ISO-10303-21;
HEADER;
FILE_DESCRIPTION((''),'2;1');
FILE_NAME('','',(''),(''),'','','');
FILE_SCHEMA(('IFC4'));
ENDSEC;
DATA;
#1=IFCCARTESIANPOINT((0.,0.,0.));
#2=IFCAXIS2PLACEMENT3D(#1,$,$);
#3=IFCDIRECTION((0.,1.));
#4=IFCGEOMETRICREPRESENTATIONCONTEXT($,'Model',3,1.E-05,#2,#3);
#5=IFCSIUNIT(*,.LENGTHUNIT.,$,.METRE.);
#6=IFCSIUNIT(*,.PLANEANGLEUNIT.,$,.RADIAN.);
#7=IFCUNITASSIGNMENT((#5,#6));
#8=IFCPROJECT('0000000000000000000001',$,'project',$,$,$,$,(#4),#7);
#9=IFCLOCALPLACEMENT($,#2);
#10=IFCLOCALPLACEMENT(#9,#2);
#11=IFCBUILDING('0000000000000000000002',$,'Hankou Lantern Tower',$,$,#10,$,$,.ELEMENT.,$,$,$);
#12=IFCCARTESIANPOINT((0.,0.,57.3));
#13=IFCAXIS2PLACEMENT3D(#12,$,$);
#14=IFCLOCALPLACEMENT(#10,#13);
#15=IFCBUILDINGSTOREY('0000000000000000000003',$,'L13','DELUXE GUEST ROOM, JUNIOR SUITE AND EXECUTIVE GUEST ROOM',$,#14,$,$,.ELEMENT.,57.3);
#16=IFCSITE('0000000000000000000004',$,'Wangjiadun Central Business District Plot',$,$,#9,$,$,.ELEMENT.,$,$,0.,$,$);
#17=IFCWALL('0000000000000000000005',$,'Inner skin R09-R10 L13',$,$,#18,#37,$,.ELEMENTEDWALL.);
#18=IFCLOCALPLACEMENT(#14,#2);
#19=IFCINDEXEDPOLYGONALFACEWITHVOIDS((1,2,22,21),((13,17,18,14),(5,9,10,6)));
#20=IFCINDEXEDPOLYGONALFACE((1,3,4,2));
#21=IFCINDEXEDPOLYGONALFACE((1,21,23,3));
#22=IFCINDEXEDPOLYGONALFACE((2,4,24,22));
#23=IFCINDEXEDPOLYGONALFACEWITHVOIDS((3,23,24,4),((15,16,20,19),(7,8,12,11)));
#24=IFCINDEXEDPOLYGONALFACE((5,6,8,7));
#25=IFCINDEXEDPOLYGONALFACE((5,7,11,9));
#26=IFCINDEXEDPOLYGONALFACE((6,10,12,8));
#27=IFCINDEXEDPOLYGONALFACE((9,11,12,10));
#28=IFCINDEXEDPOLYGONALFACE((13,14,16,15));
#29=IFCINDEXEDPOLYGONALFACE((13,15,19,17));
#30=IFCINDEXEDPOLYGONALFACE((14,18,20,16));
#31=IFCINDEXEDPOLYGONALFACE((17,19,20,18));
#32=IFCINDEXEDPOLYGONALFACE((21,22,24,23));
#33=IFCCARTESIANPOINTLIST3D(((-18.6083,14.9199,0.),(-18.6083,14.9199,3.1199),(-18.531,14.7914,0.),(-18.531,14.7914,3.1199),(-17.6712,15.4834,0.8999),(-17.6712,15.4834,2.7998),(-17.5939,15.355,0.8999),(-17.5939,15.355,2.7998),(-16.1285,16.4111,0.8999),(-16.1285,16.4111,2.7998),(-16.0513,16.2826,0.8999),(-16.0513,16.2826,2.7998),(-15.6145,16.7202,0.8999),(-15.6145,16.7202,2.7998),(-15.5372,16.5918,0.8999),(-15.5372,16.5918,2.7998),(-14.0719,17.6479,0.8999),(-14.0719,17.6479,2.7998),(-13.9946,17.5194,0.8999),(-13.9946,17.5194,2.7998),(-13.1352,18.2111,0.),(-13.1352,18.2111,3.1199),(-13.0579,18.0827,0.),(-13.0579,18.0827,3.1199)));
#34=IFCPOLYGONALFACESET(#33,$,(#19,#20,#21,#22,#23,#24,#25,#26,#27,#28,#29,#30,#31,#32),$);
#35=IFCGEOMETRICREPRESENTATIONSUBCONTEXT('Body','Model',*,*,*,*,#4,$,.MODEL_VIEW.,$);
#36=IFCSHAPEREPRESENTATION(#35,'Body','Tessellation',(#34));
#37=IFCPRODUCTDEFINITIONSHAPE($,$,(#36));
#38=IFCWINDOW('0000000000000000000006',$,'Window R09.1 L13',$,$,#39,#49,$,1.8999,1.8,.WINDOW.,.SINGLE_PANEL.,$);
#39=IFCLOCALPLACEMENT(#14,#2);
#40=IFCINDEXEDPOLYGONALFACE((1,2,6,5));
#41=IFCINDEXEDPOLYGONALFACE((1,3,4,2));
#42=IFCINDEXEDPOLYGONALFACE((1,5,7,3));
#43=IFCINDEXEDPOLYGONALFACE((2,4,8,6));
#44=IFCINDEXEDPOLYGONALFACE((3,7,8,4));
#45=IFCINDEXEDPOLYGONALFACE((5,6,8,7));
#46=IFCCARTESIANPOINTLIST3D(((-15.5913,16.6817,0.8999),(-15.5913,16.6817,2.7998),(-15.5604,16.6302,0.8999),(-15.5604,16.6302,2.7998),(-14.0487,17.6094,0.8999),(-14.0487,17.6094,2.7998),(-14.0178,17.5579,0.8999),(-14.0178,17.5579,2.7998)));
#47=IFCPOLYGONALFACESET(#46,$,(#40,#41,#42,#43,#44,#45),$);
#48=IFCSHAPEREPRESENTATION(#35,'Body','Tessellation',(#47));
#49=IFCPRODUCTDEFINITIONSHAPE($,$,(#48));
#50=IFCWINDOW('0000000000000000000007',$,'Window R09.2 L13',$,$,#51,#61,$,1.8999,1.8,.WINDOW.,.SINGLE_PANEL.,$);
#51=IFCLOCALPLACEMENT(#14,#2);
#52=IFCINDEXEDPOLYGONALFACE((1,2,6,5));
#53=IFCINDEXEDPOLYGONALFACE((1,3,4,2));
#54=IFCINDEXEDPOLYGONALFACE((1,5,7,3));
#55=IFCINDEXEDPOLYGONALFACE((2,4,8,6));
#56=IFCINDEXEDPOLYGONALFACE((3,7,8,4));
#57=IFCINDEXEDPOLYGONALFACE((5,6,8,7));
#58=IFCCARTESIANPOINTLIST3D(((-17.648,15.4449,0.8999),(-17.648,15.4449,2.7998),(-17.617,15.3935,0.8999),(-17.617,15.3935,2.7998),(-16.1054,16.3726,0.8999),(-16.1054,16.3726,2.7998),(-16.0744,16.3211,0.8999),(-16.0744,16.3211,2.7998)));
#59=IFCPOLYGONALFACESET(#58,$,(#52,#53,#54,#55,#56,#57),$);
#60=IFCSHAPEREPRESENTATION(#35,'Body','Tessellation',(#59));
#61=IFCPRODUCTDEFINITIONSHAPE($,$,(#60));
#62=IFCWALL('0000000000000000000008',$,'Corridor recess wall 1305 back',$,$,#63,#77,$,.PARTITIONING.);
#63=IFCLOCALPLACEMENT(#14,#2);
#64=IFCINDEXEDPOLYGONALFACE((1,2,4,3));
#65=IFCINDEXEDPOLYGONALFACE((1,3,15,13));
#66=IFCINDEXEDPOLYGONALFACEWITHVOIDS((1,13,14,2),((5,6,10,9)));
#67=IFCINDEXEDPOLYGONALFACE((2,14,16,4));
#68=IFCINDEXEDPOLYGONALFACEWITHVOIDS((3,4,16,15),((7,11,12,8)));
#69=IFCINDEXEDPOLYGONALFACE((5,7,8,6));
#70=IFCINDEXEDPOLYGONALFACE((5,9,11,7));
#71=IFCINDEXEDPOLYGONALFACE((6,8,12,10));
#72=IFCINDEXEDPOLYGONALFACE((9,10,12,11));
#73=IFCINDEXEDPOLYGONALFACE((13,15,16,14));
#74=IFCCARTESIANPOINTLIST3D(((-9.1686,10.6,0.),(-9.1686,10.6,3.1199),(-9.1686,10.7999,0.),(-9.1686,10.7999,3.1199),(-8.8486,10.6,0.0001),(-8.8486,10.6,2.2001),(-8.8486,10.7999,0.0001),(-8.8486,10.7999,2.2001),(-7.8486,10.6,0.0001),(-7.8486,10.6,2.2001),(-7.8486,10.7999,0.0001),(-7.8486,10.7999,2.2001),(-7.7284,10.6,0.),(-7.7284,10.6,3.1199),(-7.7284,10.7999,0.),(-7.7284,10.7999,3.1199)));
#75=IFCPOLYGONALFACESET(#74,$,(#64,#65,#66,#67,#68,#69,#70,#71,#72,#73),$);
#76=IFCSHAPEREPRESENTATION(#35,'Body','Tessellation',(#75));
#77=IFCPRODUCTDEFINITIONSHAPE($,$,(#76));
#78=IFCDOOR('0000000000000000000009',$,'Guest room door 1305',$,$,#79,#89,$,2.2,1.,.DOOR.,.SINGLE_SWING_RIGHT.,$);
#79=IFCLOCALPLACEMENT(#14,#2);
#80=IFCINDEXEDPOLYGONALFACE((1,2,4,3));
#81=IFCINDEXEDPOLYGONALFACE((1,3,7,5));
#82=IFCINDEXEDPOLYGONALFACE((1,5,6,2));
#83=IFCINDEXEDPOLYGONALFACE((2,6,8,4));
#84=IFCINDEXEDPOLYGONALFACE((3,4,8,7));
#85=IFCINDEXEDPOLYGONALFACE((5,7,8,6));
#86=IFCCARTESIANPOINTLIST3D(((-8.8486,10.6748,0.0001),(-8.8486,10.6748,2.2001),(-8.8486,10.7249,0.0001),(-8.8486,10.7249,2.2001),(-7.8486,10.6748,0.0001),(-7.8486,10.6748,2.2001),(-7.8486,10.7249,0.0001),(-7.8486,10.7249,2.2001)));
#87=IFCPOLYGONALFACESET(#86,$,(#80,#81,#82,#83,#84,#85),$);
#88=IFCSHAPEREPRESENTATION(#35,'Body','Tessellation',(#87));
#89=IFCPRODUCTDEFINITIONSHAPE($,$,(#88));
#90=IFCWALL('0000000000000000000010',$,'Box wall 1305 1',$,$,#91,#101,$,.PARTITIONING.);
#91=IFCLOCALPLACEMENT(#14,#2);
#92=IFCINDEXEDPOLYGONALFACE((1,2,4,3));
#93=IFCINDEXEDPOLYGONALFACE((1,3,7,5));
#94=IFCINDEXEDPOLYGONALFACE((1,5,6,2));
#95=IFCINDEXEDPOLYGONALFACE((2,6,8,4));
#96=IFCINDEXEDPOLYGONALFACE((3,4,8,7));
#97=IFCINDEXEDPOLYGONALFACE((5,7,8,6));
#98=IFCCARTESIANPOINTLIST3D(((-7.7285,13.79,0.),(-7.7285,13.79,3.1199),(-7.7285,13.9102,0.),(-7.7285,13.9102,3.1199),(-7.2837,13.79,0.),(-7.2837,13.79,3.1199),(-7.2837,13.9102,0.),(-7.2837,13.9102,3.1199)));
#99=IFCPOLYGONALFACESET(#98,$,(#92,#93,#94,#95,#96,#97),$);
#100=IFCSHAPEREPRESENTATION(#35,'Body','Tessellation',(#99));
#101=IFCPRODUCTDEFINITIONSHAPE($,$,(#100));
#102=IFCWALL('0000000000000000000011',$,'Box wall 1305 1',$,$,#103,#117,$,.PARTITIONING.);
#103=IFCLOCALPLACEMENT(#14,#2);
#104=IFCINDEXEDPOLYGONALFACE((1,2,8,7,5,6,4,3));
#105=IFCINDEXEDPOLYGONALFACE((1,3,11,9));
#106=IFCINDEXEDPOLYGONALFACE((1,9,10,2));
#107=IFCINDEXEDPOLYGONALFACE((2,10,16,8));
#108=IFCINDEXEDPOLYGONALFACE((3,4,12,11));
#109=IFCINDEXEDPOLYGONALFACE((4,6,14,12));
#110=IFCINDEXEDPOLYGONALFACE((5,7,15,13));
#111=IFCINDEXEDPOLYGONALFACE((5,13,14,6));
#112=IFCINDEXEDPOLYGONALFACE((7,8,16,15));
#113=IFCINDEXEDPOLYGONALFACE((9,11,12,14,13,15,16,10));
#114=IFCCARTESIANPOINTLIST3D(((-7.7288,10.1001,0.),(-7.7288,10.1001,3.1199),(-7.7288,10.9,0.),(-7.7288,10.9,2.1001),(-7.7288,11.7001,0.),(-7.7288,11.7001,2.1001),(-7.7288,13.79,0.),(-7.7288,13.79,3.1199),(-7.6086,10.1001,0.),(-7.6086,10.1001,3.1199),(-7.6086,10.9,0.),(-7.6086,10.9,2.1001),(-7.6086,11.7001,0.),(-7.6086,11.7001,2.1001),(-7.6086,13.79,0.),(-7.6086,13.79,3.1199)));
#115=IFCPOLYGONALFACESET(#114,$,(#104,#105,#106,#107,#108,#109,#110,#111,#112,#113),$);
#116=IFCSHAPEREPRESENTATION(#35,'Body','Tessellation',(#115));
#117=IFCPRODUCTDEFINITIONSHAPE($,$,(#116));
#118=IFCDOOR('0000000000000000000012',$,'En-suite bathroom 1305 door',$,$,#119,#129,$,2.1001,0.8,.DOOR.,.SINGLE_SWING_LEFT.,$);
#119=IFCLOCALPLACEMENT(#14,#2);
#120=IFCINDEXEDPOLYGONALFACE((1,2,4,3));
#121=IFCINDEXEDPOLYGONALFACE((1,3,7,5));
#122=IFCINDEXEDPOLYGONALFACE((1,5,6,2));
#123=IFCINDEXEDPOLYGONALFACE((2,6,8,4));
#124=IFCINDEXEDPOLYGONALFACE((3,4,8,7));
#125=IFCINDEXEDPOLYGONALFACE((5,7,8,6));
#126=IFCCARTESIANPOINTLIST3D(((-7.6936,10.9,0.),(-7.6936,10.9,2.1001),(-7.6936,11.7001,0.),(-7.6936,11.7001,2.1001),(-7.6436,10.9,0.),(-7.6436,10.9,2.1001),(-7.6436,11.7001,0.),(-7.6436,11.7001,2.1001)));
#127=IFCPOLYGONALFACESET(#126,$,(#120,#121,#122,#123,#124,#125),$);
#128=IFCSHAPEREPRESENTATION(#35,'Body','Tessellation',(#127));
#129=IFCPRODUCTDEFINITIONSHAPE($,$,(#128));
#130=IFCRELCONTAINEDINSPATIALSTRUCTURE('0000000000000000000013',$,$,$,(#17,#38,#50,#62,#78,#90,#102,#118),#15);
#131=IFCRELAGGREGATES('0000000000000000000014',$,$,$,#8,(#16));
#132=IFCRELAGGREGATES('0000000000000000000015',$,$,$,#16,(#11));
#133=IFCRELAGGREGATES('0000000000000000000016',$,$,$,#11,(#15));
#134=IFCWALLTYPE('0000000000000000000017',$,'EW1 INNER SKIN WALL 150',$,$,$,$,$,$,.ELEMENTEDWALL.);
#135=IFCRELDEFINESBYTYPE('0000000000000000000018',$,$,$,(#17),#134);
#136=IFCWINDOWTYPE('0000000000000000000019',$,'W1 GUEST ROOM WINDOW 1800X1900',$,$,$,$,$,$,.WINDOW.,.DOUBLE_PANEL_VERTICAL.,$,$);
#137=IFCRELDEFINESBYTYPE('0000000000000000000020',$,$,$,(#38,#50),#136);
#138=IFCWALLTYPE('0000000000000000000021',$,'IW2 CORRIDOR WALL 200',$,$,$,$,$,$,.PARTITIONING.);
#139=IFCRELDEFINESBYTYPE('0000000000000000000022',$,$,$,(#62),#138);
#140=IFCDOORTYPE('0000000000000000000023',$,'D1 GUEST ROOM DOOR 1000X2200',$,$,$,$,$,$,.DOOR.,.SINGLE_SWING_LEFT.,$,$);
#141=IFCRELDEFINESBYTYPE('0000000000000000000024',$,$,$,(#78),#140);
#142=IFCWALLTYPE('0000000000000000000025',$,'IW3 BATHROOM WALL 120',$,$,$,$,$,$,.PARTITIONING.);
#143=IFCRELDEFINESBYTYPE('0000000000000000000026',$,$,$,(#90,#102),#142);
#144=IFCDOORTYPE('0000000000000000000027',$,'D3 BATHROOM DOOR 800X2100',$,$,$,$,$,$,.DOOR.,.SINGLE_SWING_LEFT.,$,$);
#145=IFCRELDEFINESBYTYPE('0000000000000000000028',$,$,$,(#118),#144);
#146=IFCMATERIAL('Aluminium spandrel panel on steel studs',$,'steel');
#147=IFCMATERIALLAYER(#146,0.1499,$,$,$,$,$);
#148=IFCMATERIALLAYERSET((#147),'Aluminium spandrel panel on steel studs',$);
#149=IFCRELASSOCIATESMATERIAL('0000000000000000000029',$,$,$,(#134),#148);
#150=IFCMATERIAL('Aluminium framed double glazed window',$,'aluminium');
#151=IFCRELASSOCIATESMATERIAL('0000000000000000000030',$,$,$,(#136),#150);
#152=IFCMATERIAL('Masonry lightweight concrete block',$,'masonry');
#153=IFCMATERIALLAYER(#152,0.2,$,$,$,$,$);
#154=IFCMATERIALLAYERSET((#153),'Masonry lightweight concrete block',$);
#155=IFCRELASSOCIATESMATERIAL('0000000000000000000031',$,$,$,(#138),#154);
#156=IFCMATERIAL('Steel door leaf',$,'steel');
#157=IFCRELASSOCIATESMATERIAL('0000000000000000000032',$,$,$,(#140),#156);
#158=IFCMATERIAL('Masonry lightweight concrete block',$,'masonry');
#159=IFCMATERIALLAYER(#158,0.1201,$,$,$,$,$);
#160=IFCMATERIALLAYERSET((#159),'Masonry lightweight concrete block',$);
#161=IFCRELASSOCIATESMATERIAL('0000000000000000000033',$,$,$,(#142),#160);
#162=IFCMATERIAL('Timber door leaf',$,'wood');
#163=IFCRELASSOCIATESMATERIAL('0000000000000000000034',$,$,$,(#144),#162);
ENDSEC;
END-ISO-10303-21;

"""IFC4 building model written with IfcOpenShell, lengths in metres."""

from ifc_helpers import new_model, si_unit, direction, frame, frame_2d, origin, place, context, subcontext, project, spatial, rectangle, extrude, material, layer, layer_set, type_object, element, fill, save


model = new_model("IFC4")

# Units and contexts
model_context = context("Model", 3, precision=1e-05, world=origin(), true_north=direction((0.0, 1.0)))
body_context = subcontext(model_context, "Body", "Model", "MODEL_VIEW")
ifc_project = project(units=[si_unit("LENGTHUNIT", "METRE"), si_unit("PLANEANGLEUNIT", "RADIAN")], contexts=[model_context])

# Site, building, storey
site_placement = place(None, origin())
site = spatial("IfcSite", under=ifc_project, at=site_placement, Name="Wangjiadun Central Business District Plot", CompositionType="ELEMENT", RefElevation=0.0)
building_placement = place(site_placement, origin())
building = spatial("IfcBuilding", under=site, at=building_placement, Name="Hankou Lantern Tower", CompositionType="ELEMENT")
storey_placement = place(building_placement, frame((0.0, 0.0, 57.3)))
storey = spatial("IfcBuildingStorey", under=building, at=storey_placement, Name="L13", Description="DELUXE GUEST ROOM, JUNIOR SUITE AND EXECUTIVE GUEST ROOM", CompositionType="ELEMENT", Elevation=57.3)

# Wall, openings, windows
ifc_material_1 = material(Name="Aluminium spandrel panel on steel studs", Category="steel")
ifc_layer_1 = layer(ifc_material_1, 0.1499)
ifc_layer_set_1 = layer_set([ifc_layer_1], Name="Aluminium spandrel panel on steel studs")
wall_type_1 = type_object("IfcWallType", Name="EW1 INNER SKIN WALL 150", PredefinedType="ELEMENTEDWALL", material=ifc_layer_set_1)
wall_1_placement = place(storey_placement, frame((-13.0964, 18.147, 0.0), z_axis=(0.0, 0.0, 1.0), x_axis=(-0.856983, -0.515344, 0.0)))
wall_1 = element("IfcWall", 1, at=wall_1_placement, inside=storey, type_object=wall_type_1, Name="Inner skin R09-R10 L13", PredefinedType="ELEMENTEDWALL", context=body_context, shape_type="SweptSolid", body=[
    extrude(rectangle(XDim=6.3865, YDim=0.1499, at=frame_2d((3.1934, 0.0))), origin(), (0.0, 0.0, 1.0), 3.1199),
])
opening_1_placement = place(wall_1_placement, frame((1.0933, 0.0, 0.8999)))
opening_1 = element("IfcOpeningElement", 2, at=opening_1_placement, cuts=wall_1, PredefinedType="OPENING", context=body_context, shape_type="SweptSolid", body=[
    extrude(rectangle(XDim=1.8, YDim=1.8999, at=frame_2d((0.8999, 0.95))), frame((0.0, 0.085, 0.0), z_axis=(0.0, -1.0, 0.0), x_axis=(1.0, 0.0, 0.0)), (0.0, 0.0, 1.0), 0.1699),
])
opening_2_placement = place(wall_1_placement, frame((3.4932, 0.0, 0.8999)))
opening_2 = element("IfcOpeningElement", 3, at=opening_2_placement, cuts=wall_1, PredefinedType="OPENING", context=body_context, shape_type="SweptSolid", body=[
    extrude(rectangle(XDim=1.8, YDim=1.8999, at=frame_2d((0.8999, 0.95))), frame((0.0, 0.085, 0.0), z_axis=(0.0, -1.0, 0.0), x_axis=(1.0, 0.0, 0.0)), (0.0, 0.0, 1.0), 0.1699),
])
ifc_material_2 = material(Name="Aluminium framed double glazed window", Category="aluminium")
window_type = type_object("IfcWindowType", Name="W1 GUEST ROOM WINDOW 1800X1900", PartitioningType="DOUBLE_PANEL_VERTICAL", PredefinedType="WINDOW", material=ifc_material_2)
window_1_placement = place(opening_1_placement, origin())
window_1 = element("IfcWindow", 4, at=window_1_placement, inside=storey, type_object=window_type, Name="Window R09.1 L13", OverallHeight=1.8999, OverallWidth=1.8, PartitioningType="SINGLE_PANEL", PredefinedType="WINDOW", context=body_context, shape_type="SweptSolid", body=[
    extrude(rectangle(XDim=1.8, YDim=1.8999, at=frame_2d((0.8999, 0.95))), frame((0.0, 0.03, 0.0), z_axis=(0.0, -1.0, 0.0), x_axis=(1.0, 0.0, 0.0)), (0.0, 0.0, 1.0), 0.0601),
])
fill(opening_1, window_1)
window_2_placement = place(opening_2_placement, origin())
window_2 = element("IfcWindow", 5, at=window_2_placement, inside=storey, type_object=window_type, Name="Window R09.2 L13", OverallHeight=1.8999, OverallWidth=1.8, PartitioningType="SINGLE_PANEL", PredefinedType="WINDOW", context=body_context, shape_type="SweptSolid", body=[
    extrude(rectangle(XDim=1.8, YDim=1.8999, at=frame_2d((0.8999, 0.95))), frame((0.0, 0.03, 0.0), z_axis=(0.0, -1.0, 0.0), x_axis=(1.0, 0.0, 0.0)), (0.0, 0.0, 1.0), 0.0601),
])
fill(opening_2, window_2)

# Wall, opening, door
ifc_material_3 = material(Name="Masonry lightweight concrete block", Category="masonry")
ifc_layer_2 = layer(ifc_material_3, 0.2)
ifc_layer_set_2 = layer_set([ifc_layer_2], Name="Masonry lightweight concrete block")
wall_type_2 = type_object("IfcWallType", Name="IW2 CORRIDOR WALL 200", PredefinedType="PARTITIONING", material=ifc_layer_set_2)
wall_2_placement = place(storey_placement, frame((-9.1687, 10.7, 0.0), z_axis=(0.0, 0.0, 1.0), x_axis=(1.0, 0.0, 0.0)))
wall_2 = element("IfcWall", 6, at=wall_2_placement, inside=storey, type_object=wall_type_2, Name="Corridor recess wall 1305 back", PredefinedType="PARTITIONING", context=body_context, shape_type="SweptSolid", body=[
    extrude(rectangle(XDim=1.4402, YDim=0.2, at=frame_2d((0.7202, 0.0))), origin(), (0.0, 0.0, 1.0), 3.1199),
])
opening_3_placement = place(wall_2_placement, frame((0.3201, 0.0, 0.0)))
opening_3 = element("IfcOpeningElement", 7, at=opening_3_placement, cuts=wall_2, PredefinedType="OPENING", context=body_context, shape_type="SweptSolid", body=[
    extrude(rectangle(XDim=1.0, YDim=2.2, at=frame_2d((0.5, 1.1001))), frame((0.0, 0.1099, 0.0), z_axis=(0.0, -1.0, 0.0), x_axis=(1.0, 0.0, 0.0)), (0.0, 0.0, 1.0), 0.22),
])
ifc_material_4 = material(Name="Steel door leaf", Category="steel")
door_type_1 = type_object("IfcDoorType", Name="D1 GUEST ROOM DOOR 1000X2200", OperationType="SINGLE_SWING_LEFT", PredefinedType="DOOR", material=ifc_material_4)
door_1_placement = place(opening_3_placement, origin())
door_1 = element("IfcDoor", 8, at=door_1_placement, inside=storey, type_object=door_type_1, Name="Guest room door 1305", OperationType="SINGLE_SWING_RIGHT", OverallHeight=2.2, OverallWidth=1.0, PredefinedType="DOOR", context=body_context, shape_type="SweptSolid", body=[
    extrude(rectangle(XDim=1.0, YDim=2.2, at=frame_2d((0.5, 1.1001))), frame((0.0, 0.0249, 0.0), z_axis=(0.0, -1.0, 0.0), x_axis=(1.0, 0.0, 0.0)), (0.0, 0.0, 1.0), 0.05),
])
fill(opening_3, door_1)

# Wall
ifc_material_5 = material(Name="Masonry lightweight concrete block", Category="masonry")
ifc_layer_3 = layer(ifc_material_5, 0.1201)
ifc_layer_set_3 = layer_set([ifc_layer_3], Name="Masonry lightweight concrete block")
wall_type_3 = type_object("IfcWallType", Name="IW3 BATHROOM WALL 120", PredefinedType="PARTITIONING", material=ifc_layer_set_3)
wall_3_placement = place(storey_placement, frame((-7.2837, 13.8501, 0.0), z_axis=(0.0, 0.0, 1.0), x_axis=(-1.0, 0.0, 0.0)))
element("IfcWall", 9, at=wall_3_placement, inside=storey, type_object=wall_type_3, Name="Box wall 1305 1", PredefinedType="PARTITIONING", context=body_context, shape_type="SweptSolid", body=[
    extrude(rectangle(XDim=0.4448, YDim=0.1201, at=frame_2d((0.2224, 0.0))), origin(), (0.0, 0.0, 1.0), 3.1199),
])

# Wall, opening, door
wall_4_placement = place(storey_placement, frame((-7.6687, 10.1001, 0.0), z_axis=(0.0, 0.0, 1.0), x_axis=(0.0, 1.0, 0.0)))
wall_4 = element("IfcWall", 10, at=wall_4_placement, inside=storey, type_object=wall_type_3, Name="Box wall 1305 1", PredefinedType="PARTITIONING", context=body_context, shape_type="SweptSolid", body=[
    extrude(rectangle(XDim=3.6899, YDim=0.1201, at=frame_2d((1.845, 0.0))), origin(), (0.0, 0.0, 1.0), 3.1199),
])
opening_4_placement = place(wall_4_placement, frame((0.8, 0.0, 0.0)))
opening_4 = element("IfcOpeningElement", 11, at=opening_4_placement, cuts=wall_4, PredefinedType="OPENING", context=body_context, shape_type="SweptSolid", body=[
    extrude(rectangle(XDim=0.8, YDim=2.1001, at=frame_2d((0.3999, 1.05))), frame((0.0, 0.0701, 0.0), z_axis=(0.0, -1.0, 0.0), x_axis=(1.0, 0.0, 0.0)), (0.0, 0.0, 1.0), 0.1401),
])
ifc_material_6 = material(Name="Timber door leaf", Category="wood")
door_type_2 = type_object("IfcDoorType", Name="D3 BATHROOM DOOR 800X2100", OperationType="SINGLE_SWING_LEFT", PredefinedType="DOOR", material=ifc_material_6)
door_2_placement = place(opening_4_placement, origin())
door_2 = element("IfcDoor", 12, at=door_2_placement, inside=storey, type_object=door_type_2, Name="En-suite bathroom 1305 door", OperationType="SINGLE_SWING_LEFT", OverallHeight=2.1001, OverallWidth=0.8, PredefinedType="DOOR", context=body_context, shape_type="SweptSolid", body=[
    extrude(rectangle(XDim=0.8, YDim=2.1001, at=frame_2d((0.3999, 1.05))), frame((0.0, 0.0249, 0.0), z_axis=(0.0, -1.0, 0.0), x_axis=(1.0, 0.0, 0.0)), (0.0, 0.0, 1.0), 0.05),
])
fill(opening_4, door_2)

save(model, "model.ifc")
